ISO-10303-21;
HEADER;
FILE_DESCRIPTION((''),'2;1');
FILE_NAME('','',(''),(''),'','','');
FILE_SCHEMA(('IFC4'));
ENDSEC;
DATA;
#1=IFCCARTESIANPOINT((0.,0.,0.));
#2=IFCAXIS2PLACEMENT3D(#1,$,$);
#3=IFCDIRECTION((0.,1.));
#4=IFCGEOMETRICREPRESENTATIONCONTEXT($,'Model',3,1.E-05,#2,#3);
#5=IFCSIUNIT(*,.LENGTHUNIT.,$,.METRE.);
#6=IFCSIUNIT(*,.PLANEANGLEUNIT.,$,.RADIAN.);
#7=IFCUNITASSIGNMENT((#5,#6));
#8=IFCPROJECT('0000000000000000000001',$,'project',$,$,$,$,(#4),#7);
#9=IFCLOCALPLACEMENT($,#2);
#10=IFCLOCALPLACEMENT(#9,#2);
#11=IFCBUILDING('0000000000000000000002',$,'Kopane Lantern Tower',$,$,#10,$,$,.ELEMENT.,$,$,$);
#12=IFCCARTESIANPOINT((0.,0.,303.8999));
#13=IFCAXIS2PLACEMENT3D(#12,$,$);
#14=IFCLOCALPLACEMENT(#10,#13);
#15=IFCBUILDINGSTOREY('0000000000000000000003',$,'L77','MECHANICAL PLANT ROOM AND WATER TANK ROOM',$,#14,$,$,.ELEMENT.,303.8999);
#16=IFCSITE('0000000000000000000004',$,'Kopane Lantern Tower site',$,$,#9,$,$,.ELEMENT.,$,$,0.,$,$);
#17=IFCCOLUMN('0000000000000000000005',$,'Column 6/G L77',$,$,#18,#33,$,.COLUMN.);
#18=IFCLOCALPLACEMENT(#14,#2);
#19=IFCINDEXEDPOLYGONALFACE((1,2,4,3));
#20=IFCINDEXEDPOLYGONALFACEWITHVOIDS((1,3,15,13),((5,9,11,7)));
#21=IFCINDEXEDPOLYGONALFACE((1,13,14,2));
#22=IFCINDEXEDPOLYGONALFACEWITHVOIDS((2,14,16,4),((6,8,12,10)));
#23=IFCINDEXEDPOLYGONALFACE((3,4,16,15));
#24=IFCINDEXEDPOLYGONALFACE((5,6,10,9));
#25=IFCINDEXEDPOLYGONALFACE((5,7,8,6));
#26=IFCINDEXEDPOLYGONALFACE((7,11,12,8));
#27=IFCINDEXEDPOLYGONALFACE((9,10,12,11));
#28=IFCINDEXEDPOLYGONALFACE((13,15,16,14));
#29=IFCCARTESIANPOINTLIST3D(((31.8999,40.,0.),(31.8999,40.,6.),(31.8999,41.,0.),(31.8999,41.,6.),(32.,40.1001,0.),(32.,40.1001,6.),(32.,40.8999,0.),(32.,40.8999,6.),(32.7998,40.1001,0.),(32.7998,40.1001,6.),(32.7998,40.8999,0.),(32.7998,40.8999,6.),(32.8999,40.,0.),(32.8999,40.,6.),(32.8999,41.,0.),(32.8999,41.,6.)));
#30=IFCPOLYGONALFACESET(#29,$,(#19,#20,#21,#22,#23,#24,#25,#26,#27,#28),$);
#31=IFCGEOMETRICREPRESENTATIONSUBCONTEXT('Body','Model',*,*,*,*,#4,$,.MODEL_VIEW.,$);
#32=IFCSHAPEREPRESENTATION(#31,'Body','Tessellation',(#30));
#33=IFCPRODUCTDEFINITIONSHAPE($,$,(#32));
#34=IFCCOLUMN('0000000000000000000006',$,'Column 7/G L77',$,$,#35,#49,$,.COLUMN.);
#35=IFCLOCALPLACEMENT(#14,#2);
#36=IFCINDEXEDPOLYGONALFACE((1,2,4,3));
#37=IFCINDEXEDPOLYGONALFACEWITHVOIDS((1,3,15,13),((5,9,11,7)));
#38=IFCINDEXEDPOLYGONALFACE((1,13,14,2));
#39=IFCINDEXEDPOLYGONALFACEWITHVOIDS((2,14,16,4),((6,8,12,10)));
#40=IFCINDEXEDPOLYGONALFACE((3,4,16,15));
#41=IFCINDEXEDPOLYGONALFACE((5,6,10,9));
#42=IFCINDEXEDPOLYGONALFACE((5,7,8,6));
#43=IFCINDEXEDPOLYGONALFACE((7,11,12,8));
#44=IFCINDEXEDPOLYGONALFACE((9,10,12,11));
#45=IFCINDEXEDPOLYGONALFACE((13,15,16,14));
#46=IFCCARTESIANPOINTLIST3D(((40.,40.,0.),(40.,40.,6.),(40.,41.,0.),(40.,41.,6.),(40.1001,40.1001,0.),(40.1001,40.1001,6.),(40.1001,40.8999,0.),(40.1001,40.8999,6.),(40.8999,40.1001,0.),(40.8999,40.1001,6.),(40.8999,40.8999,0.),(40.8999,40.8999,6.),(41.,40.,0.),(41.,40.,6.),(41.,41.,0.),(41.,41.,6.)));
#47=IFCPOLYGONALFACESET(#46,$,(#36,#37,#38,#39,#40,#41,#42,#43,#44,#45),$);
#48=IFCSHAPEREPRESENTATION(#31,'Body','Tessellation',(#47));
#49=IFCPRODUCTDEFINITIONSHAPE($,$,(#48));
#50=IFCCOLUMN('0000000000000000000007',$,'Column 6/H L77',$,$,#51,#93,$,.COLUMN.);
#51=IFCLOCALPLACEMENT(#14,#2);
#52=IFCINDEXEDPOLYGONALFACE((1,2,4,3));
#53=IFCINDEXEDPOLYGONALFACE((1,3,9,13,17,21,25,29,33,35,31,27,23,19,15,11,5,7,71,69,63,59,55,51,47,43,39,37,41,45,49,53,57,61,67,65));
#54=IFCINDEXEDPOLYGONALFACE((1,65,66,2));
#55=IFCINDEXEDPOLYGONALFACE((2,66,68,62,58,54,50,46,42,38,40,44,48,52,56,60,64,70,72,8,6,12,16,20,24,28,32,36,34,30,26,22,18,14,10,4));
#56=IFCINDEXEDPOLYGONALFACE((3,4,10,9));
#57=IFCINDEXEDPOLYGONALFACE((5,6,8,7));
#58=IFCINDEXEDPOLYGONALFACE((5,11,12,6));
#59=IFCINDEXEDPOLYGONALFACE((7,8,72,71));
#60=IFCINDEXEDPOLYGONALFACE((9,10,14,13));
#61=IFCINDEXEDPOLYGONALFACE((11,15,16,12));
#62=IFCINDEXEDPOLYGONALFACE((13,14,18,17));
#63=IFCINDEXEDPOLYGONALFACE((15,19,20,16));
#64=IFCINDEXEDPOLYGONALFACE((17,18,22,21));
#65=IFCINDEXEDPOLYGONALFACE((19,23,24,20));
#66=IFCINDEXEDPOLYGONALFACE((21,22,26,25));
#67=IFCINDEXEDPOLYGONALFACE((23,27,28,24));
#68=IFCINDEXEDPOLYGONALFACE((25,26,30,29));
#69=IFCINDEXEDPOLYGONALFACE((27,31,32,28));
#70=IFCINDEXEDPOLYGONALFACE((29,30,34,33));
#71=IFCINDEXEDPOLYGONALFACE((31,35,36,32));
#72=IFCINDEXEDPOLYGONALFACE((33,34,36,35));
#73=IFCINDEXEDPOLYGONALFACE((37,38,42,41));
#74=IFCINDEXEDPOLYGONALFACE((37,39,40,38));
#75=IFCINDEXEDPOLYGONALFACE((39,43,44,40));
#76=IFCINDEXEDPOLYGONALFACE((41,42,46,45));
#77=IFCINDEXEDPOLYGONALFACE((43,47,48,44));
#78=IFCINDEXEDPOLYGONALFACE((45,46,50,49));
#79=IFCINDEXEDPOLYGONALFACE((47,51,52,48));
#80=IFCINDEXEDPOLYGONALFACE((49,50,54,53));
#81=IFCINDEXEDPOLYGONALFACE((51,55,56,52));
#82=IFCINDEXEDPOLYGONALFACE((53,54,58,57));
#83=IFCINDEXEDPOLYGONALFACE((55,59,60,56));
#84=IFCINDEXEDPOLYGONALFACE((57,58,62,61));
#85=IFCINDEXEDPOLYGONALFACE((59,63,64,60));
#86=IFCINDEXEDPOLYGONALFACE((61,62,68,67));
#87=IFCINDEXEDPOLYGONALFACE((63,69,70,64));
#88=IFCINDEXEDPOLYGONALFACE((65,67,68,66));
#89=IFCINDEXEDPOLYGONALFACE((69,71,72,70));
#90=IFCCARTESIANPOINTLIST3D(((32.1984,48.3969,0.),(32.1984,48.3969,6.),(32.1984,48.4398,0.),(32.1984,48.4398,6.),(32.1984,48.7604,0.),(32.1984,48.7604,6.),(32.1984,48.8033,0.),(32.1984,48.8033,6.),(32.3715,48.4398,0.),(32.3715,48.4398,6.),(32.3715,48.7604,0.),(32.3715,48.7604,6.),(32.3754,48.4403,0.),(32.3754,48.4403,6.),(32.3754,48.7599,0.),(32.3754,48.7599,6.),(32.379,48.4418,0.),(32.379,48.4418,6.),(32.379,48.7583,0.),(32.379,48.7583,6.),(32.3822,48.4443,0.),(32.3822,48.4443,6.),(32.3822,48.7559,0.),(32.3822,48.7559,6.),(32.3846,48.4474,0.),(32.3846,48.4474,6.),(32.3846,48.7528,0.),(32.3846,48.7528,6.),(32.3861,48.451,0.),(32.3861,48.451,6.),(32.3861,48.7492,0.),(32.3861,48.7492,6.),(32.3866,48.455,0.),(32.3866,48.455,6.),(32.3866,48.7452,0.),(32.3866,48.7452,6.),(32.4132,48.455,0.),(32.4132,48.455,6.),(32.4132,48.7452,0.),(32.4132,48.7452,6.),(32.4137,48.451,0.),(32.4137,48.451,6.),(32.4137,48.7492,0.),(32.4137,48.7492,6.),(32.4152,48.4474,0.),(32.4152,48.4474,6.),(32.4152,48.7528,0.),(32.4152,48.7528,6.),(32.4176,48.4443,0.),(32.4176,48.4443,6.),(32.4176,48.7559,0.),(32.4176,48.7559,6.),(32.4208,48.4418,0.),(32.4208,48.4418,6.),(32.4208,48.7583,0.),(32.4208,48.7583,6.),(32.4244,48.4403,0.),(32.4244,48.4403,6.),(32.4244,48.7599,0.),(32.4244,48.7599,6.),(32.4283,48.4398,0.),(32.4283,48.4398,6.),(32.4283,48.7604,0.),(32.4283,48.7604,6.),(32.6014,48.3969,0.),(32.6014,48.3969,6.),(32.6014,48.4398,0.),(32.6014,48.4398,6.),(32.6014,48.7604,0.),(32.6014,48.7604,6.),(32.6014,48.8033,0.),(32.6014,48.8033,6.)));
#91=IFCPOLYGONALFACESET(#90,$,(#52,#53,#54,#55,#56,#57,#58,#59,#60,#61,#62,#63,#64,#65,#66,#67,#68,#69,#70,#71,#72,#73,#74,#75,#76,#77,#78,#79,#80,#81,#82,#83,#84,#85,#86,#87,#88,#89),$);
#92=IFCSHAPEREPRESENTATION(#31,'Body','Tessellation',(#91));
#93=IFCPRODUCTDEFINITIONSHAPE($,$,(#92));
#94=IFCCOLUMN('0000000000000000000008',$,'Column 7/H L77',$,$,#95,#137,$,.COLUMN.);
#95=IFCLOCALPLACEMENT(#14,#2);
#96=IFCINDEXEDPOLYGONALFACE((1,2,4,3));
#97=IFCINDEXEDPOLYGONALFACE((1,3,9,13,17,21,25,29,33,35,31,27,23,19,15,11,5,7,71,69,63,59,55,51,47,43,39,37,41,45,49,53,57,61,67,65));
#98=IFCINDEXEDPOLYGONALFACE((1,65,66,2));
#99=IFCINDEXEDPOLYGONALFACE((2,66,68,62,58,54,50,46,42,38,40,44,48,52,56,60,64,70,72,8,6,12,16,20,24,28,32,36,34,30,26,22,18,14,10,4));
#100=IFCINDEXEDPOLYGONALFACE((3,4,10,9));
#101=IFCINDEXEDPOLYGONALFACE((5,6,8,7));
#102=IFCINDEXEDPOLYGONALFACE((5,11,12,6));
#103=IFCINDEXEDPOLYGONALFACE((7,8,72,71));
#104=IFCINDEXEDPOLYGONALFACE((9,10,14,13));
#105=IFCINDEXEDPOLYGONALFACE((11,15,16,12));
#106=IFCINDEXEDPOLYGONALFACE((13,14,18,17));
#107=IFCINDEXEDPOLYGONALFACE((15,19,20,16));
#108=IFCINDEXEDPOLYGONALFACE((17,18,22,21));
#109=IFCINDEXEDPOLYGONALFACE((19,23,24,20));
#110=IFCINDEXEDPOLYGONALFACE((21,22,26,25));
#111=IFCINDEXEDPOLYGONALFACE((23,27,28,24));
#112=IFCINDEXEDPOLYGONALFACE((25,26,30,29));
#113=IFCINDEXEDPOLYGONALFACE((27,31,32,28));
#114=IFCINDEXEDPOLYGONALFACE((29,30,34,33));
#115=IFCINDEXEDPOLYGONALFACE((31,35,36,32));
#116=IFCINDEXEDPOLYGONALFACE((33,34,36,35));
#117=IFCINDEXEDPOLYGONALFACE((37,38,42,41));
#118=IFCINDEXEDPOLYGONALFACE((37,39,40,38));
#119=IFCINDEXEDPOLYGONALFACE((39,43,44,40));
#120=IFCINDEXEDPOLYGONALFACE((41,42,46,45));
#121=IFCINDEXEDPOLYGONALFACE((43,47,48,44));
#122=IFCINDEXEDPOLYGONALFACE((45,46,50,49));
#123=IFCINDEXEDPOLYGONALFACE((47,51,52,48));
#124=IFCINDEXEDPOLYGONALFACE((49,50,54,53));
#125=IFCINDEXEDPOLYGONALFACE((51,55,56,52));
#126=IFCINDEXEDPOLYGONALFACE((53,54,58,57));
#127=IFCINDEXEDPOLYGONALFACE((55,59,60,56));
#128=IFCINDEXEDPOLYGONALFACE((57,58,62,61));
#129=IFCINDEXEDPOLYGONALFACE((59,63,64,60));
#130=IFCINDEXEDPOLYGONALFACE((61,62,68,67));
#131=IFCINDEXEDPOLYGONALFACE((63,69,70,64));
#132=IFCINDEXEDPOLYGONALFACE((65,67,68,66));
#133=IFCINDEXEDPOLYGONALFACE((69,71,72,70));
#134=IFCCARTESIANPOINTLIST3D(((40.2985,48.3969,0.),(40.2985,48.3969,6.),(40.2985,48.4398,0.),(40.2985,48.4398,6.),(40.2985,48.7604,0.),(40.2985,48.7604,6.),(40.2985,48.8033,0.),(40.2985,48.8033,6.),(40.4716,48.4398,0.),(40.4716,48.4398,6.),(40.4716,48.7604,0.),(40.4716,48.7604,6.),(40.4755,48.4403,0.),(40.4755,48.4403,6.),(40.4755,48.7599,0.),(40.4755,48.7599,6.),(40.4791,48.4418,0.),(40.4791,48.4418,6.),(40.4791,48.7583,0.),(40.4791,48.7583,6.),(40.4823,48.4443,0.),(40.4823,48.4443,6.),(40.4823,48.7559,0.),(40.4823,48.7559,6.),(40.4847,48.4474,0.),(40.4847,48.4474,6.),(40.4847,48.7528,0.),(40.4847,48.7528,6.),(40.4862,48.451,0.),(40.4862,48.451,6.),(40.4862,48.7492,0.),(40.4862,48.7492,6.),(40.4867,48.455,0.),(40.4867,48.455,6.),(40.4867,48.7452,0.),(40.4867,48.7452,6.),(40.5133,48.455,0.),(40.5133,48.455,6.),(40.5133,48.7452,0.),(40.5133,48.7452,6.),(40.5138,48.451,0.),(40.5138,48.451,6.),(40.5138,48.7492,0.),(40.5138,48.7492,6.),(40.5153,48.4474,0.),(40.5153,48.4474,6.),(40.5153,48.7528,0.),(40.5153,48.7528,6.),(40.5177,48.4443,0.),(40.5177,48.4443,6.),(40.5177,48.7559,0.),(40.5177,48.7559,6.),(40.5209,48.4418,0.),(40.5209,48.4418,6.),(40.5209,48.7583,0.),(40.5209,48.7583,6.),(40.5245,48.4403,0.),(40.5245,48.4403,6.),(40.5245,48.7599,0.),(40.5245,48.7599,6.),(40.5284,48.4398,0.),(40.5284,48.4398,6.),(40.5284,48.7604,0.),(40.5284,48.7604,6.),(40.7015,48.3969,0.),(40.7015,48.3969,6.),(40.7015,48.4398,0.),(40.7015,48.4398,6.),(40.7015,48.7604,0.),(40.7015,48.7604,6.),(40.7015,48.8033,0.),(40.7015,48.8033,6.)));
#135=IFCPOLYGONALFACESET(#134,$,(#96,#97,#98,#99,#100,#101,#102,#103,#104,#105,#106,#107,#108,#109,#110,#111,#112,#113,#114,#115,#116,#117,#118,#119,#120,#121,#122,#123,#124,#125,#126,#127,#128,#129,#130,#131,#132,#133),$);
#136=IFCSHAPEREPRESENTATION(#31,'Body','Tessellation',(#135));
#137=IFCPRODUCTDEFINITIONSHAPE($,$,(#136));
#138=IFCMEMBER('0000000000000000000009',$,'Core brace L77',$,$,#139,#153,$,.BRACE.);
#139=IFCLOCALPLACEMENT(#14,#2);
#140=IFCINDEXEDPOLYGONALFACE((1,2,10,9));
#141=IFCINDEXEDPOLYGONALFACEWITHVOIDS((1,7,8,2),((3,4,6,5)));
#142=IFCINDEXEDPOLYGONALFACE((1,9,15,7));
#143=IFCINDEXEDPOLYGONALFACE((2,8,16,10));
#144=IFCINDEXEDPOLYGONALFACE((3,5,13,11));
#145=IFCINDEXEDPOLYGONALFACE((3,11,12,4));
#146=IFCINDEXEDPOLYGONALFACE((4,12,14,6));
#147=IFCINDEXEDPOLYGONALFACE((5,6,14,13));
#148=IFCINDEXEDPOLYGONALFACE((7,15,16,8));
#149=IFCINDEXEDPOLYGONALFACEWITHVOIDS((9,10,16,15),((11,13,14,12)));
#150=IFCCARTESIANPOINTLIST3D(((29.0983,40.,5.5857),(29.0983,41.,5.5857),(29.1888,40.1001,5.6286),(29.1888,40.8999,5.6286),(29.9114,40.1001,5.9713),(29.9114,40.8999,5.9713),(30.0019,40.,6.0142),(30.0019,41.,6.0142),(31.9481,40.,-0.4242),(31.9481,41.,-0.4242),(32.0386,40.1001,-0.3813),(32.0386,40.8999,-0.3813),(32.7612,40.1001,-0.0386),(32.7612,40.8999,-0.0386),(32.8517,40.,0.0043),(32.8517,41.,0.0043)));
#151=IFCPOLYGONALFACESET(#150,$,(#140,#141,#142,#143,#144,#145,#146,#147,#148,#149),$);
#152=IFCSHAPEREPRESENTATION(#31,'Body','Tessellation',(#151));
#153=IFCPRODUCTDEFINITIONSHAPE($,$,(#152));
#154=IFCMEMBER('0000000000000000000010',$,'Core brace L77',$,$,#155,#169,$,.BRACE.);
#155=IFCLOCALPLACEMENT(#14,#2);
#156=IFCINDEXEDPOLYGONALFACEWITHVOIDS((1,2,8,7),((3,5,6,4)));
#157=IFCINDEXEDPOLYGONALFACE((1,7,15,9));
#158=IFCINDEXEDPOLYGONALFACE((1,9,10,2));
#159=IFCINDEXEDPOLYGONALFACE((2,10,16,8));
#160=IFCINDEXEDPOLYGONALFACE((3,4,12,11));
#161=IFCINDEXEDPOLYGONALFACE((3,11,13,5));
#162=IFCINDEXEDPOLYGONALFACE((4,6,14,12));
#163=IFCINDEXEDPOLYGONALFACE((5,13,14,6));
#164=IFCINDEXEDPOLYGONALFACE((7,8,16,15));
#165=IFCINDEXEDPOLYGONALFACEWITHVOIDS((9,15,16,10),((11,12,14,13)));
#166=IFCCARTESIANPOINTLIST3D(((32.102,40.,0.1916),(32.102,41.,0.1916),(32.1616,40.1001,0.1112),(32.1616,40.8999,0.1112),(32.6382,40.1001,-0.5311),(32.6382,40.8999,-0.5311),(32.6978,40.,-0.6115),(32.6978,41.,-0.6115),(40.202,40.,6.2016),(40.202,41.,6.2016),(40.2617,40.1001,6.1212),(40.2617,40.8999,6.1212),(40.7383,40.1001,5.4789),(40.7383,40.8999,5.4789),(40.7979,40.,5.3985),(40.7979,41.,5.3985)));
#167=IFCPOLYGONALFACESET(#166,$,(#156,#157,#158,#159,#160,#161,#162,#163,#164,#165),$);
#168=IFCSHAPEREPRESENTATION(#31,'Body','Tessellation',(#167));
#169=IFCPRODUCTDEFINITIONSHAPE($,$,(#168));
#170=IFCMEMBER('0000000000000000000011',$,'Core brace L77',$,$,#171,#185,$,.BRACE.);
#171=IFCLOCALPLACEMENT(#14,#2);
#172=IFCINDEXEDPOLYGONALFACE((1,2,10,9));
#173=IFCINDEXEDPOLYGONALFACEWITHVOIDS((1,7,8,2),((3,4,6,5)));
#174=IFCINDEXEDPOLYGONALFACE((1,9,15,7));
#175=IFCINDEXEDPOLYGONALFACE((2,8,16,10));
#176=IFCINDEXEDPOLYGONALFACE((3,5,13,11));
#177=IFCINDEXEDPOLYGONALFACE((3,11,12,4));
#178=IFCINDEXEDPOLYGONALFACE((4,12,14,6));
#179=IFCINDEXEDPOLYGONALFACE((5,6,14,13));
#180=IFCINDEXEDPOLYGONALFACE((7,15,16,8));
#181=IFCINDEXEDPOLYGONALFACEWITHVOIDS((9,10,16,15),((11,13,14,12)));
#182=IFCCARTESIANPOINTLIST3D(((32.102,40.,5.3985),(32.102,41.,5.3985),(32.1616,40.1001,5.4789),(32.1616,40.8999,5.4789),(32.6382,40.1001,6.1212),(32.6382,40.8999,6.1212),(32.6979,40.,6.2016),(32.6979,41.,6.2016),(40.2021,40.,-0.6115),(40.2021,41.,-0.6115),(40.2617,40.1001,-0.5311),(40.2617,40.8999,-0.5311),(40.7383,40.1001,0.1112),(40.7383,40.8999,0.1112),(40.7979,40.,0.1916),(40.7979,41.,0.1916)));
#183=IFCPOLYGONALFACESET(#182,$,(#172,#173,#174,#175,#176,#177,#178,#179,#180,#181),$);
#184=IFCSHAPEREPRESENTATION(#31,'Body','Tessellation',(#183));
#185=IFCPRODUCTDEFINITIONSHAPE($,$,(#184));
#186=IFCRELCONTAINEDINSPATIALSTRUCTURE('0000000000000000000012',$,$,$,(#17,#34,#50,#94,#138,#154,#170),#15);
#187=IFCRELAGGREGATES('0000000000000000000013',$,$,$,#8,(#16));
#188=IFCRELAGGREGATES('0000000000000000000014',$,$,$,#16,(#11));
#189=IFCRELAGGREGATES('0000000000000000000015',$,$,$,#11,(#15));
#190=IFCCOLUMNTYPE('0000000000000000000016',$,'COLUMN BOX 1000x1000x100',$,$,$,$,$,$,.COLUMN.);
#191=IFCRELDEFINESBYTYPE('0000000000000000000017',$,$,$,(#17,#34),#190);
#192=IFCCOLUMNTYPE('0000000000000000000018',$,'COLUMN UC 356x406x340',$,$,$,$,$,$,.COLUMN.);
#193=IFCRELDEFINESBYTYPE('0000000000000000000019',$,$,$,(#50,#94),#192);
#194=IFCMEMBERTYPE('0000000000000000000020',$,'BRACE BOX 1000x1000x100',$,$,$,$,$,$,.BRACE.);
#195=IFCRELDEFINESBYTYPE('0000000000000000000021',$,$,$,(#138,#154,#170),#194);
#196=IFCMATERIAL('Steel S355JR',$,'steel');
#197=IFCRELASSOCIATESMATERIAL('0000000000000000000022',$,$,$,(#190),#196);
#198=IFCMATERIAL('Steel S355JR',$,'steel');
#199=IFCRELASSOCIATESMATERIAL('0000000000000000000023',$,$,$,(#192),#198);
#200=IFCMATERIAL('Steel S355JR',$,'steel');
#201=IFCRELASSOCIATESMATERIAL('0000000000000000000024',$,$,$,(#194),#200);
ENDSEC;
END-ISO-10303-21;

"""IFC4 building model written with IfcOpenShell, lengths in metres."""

from ifc_helpers import new_model, si_unit, direction, frame, origin, origin_2d, place, context, subcontext, project, spatial, hollow_rectangle, i_section, extrude, material, material_profile, profile_set, type_object, element, save


model = new_model("IFC4")

# Units and contexts
model_context = context("Model", 3, precision=1e-05, world=origin(), true_north=direction((0.0, 1.0)))
body_context = subcontext(model_context, "Body", "Model", "MODEL_VIEW")
ifc_project = project(units=[si_unit("LENGTHUNIT", "METRE"), si_unit("PLANEANGLEUNIT", "RADIAN")], contexts=[model_context])

# Site, building, storey
site_placement = place(None, origin())
site = spatial("IfcSite", under=ifc_project, at=site_placement, Name="Kopane Lantern Tower site", CompositionType="ELEMENT", RefElevation=0.0)
building_placement = place(site_placement, origin())
building = spatial("IfcBuilding", under=site, at=building_placement, Name="Kopane Lantern Tower", CompositionType="ELEMENT")
storey_placement = place(building_placement, frame((0.0, 0.0, 303.8999)))
storey = spatial("IfcBuildingStorey", under=building, at=storey_placement, Name="L77", Description="MECHANICAL PLANT ROOM AND WATER TANK ROOM", CompositionType="ELEMENT", Elevation=303.8999)

# Columns
ifc_material_1 = material(Name="Steel S355JR", Category="steel")
ifc_material_profile_1 = material_profile(ifc_material_1, hollow_rectangle(XDim=1.0, YDim=1.0, WallThickness=0.1001, at=origin_2d()), Name="BOX 1000x1000x100")
ifc_profile_set_1 = profile_set([ifc_material_profile_1], Name="Steel S355JR")
column_type_1 = type_object("IfcColumnType", Name="COLUMN BOX 1000x1000x100", PredefinedType="COLUMN", material=ifc_profile_set_1)
for number, where, z_axis, x_axis, name in (
    (1, (32.3999, 40.5, 0.0), (0.0, 0.0, 1.0), (1.0, 0.0, 0.0), "Column 6/G L77"),
    (2, (40.5, 40.5, 0.0), (0.0, 0.0, 1.0), (1.0, 0.0, 0.0), "Column 7/G L77"),
):
    element("IfcColumn", number, at=place(storey_placement, frame(where, z_axis=z_axis, x_axis=x_axis)), inside=storey, type_object=column_type_1, Name=name, PredefinedType="COLUMN", context=body_context, shape_type="SweptSolid", body=[
        extrude(hollow_rectangle(XDim=1.0, YDim=1.0, WallThickness=0.1001, at=origin_2d()), origin(), (0.0, 0.0, 1.0), 6.0),
    ])
ifc_material_2 = material(Name="Steel S355JR", Category="steel")
ifc_material_profile_2 = material_profile(ifc_material_2, i_section(OverallWidth=0.4031, OverallDepth=0.4065, WebThickness=0.0266, FlangeThickness=0.043, FilletRadius=0.0151, at=origin_2d()), Name="UC 356x406x340")
ifc_profile_set_2 = profile_set([ifc_material_profile_2], Name="Steel S355JR")
column_type_2 = type_object("IfcColumnType", Name="COLUMN UC 356x406x340", PredefinedType="COLUMN", material=ifc_profile_set_2)
for number, where, z_axis, x_axis, name in (
    (3, (32.3999, 48.6001, 0.0), (0.0, 0.0, 1.0), (1.0, 0.0, 0.0), "Column 6/H L77"),
    (4, (40.5, 48.6001, 0.0), (0.0, 0.0, 1.0), (1.0, 0.0, 0.0), "Column 7/H L77"),
):
    element("IfcColumn", number, at=place(storey_placement, frame(where, z_axis=z_axis, x_axis=x_axis)), inside=storey, type_object=column_type_2, Name=name, PredefinedType="COLUMN", context=body_context, shape_type="SweptSolid", body=[
        extrude(i_section(OverallWidth=0.4031, OverallDepth=0.4065, WebThickness=0.0266, FlangeThickness=0.043, FilletRadius=0.0151, at=origin_2d()), origin(), (0.0, 0.0, 1.0), 6.0),
    ])

# Members
ifc_material_3 = material(Name="Steel S355JR", Category="steel")
ifc_material_profile_3 = material_profile(ifc_material_3, hollow_rectangle(XDim=1.0, YDim=1.0, WallThickness=0.1001, at=origin_2d()), Name="BOX 1000x1000x100")
ifc_profile_set_3 = profile_set([ifc_material_profile_3], Name="Steel S355JR")
member_type_1 = type_object("IfcMemberType", Name="BRACE BOX 1000x1000x100", PredefinedType="BRACE", material=ifc_profile_set_3)
member_1_placement = place(storey_placement, frame((32.3999, 40.5, -0.21), z_axis=(-0.428456, 0.0, 0.903563), x_axis=(0.0, -1.0, 0.0)))
element("IfcMember", 5, at=member_1_placement, inside=storey, type_object=member_type_1, Name="Core brace L77", PredefinedType="BRACE", context=body_context, shape_type="SweptSolid", body=[
    extrude(hollow_rectangle(XDim=1.0, YDim=1.0, WallThickness=0.1001, at=origin_2d()), origin(), (0.0, 0.0, 1.0), 6.6514),
])
for number, where, z_axis, x_axis, name in (
    (6, (32.3999, 40.5, -0.21), (0.803086, 0.0, 0.595864), (0.0, 1.0, 0.0), "Core brace L77"),
    (7, (40.5, 40.5, -0.21), (-0.803086, 0.0, 0.595864), (0.0, -1.0, 0.0), "Core brace L77"),
):
    element("IfcMember", number, at=place(storey_placement, frame(where, z_axis=z_axis, x_axis=x_axis)), inside=storey, type_object=member_type_1, Name=name, PredefinedType="BRACE", context=body_context, shape_type="SweptSolid", body=[
        extrude(hollow_rectangle(XDim=1.0, YDim=1.0, WallThickness=0.1001, at=origin_2d()), origin(), (0.0, 0.0, 1.0), 10.0862),
    ])

save(model, "model.ifc")
